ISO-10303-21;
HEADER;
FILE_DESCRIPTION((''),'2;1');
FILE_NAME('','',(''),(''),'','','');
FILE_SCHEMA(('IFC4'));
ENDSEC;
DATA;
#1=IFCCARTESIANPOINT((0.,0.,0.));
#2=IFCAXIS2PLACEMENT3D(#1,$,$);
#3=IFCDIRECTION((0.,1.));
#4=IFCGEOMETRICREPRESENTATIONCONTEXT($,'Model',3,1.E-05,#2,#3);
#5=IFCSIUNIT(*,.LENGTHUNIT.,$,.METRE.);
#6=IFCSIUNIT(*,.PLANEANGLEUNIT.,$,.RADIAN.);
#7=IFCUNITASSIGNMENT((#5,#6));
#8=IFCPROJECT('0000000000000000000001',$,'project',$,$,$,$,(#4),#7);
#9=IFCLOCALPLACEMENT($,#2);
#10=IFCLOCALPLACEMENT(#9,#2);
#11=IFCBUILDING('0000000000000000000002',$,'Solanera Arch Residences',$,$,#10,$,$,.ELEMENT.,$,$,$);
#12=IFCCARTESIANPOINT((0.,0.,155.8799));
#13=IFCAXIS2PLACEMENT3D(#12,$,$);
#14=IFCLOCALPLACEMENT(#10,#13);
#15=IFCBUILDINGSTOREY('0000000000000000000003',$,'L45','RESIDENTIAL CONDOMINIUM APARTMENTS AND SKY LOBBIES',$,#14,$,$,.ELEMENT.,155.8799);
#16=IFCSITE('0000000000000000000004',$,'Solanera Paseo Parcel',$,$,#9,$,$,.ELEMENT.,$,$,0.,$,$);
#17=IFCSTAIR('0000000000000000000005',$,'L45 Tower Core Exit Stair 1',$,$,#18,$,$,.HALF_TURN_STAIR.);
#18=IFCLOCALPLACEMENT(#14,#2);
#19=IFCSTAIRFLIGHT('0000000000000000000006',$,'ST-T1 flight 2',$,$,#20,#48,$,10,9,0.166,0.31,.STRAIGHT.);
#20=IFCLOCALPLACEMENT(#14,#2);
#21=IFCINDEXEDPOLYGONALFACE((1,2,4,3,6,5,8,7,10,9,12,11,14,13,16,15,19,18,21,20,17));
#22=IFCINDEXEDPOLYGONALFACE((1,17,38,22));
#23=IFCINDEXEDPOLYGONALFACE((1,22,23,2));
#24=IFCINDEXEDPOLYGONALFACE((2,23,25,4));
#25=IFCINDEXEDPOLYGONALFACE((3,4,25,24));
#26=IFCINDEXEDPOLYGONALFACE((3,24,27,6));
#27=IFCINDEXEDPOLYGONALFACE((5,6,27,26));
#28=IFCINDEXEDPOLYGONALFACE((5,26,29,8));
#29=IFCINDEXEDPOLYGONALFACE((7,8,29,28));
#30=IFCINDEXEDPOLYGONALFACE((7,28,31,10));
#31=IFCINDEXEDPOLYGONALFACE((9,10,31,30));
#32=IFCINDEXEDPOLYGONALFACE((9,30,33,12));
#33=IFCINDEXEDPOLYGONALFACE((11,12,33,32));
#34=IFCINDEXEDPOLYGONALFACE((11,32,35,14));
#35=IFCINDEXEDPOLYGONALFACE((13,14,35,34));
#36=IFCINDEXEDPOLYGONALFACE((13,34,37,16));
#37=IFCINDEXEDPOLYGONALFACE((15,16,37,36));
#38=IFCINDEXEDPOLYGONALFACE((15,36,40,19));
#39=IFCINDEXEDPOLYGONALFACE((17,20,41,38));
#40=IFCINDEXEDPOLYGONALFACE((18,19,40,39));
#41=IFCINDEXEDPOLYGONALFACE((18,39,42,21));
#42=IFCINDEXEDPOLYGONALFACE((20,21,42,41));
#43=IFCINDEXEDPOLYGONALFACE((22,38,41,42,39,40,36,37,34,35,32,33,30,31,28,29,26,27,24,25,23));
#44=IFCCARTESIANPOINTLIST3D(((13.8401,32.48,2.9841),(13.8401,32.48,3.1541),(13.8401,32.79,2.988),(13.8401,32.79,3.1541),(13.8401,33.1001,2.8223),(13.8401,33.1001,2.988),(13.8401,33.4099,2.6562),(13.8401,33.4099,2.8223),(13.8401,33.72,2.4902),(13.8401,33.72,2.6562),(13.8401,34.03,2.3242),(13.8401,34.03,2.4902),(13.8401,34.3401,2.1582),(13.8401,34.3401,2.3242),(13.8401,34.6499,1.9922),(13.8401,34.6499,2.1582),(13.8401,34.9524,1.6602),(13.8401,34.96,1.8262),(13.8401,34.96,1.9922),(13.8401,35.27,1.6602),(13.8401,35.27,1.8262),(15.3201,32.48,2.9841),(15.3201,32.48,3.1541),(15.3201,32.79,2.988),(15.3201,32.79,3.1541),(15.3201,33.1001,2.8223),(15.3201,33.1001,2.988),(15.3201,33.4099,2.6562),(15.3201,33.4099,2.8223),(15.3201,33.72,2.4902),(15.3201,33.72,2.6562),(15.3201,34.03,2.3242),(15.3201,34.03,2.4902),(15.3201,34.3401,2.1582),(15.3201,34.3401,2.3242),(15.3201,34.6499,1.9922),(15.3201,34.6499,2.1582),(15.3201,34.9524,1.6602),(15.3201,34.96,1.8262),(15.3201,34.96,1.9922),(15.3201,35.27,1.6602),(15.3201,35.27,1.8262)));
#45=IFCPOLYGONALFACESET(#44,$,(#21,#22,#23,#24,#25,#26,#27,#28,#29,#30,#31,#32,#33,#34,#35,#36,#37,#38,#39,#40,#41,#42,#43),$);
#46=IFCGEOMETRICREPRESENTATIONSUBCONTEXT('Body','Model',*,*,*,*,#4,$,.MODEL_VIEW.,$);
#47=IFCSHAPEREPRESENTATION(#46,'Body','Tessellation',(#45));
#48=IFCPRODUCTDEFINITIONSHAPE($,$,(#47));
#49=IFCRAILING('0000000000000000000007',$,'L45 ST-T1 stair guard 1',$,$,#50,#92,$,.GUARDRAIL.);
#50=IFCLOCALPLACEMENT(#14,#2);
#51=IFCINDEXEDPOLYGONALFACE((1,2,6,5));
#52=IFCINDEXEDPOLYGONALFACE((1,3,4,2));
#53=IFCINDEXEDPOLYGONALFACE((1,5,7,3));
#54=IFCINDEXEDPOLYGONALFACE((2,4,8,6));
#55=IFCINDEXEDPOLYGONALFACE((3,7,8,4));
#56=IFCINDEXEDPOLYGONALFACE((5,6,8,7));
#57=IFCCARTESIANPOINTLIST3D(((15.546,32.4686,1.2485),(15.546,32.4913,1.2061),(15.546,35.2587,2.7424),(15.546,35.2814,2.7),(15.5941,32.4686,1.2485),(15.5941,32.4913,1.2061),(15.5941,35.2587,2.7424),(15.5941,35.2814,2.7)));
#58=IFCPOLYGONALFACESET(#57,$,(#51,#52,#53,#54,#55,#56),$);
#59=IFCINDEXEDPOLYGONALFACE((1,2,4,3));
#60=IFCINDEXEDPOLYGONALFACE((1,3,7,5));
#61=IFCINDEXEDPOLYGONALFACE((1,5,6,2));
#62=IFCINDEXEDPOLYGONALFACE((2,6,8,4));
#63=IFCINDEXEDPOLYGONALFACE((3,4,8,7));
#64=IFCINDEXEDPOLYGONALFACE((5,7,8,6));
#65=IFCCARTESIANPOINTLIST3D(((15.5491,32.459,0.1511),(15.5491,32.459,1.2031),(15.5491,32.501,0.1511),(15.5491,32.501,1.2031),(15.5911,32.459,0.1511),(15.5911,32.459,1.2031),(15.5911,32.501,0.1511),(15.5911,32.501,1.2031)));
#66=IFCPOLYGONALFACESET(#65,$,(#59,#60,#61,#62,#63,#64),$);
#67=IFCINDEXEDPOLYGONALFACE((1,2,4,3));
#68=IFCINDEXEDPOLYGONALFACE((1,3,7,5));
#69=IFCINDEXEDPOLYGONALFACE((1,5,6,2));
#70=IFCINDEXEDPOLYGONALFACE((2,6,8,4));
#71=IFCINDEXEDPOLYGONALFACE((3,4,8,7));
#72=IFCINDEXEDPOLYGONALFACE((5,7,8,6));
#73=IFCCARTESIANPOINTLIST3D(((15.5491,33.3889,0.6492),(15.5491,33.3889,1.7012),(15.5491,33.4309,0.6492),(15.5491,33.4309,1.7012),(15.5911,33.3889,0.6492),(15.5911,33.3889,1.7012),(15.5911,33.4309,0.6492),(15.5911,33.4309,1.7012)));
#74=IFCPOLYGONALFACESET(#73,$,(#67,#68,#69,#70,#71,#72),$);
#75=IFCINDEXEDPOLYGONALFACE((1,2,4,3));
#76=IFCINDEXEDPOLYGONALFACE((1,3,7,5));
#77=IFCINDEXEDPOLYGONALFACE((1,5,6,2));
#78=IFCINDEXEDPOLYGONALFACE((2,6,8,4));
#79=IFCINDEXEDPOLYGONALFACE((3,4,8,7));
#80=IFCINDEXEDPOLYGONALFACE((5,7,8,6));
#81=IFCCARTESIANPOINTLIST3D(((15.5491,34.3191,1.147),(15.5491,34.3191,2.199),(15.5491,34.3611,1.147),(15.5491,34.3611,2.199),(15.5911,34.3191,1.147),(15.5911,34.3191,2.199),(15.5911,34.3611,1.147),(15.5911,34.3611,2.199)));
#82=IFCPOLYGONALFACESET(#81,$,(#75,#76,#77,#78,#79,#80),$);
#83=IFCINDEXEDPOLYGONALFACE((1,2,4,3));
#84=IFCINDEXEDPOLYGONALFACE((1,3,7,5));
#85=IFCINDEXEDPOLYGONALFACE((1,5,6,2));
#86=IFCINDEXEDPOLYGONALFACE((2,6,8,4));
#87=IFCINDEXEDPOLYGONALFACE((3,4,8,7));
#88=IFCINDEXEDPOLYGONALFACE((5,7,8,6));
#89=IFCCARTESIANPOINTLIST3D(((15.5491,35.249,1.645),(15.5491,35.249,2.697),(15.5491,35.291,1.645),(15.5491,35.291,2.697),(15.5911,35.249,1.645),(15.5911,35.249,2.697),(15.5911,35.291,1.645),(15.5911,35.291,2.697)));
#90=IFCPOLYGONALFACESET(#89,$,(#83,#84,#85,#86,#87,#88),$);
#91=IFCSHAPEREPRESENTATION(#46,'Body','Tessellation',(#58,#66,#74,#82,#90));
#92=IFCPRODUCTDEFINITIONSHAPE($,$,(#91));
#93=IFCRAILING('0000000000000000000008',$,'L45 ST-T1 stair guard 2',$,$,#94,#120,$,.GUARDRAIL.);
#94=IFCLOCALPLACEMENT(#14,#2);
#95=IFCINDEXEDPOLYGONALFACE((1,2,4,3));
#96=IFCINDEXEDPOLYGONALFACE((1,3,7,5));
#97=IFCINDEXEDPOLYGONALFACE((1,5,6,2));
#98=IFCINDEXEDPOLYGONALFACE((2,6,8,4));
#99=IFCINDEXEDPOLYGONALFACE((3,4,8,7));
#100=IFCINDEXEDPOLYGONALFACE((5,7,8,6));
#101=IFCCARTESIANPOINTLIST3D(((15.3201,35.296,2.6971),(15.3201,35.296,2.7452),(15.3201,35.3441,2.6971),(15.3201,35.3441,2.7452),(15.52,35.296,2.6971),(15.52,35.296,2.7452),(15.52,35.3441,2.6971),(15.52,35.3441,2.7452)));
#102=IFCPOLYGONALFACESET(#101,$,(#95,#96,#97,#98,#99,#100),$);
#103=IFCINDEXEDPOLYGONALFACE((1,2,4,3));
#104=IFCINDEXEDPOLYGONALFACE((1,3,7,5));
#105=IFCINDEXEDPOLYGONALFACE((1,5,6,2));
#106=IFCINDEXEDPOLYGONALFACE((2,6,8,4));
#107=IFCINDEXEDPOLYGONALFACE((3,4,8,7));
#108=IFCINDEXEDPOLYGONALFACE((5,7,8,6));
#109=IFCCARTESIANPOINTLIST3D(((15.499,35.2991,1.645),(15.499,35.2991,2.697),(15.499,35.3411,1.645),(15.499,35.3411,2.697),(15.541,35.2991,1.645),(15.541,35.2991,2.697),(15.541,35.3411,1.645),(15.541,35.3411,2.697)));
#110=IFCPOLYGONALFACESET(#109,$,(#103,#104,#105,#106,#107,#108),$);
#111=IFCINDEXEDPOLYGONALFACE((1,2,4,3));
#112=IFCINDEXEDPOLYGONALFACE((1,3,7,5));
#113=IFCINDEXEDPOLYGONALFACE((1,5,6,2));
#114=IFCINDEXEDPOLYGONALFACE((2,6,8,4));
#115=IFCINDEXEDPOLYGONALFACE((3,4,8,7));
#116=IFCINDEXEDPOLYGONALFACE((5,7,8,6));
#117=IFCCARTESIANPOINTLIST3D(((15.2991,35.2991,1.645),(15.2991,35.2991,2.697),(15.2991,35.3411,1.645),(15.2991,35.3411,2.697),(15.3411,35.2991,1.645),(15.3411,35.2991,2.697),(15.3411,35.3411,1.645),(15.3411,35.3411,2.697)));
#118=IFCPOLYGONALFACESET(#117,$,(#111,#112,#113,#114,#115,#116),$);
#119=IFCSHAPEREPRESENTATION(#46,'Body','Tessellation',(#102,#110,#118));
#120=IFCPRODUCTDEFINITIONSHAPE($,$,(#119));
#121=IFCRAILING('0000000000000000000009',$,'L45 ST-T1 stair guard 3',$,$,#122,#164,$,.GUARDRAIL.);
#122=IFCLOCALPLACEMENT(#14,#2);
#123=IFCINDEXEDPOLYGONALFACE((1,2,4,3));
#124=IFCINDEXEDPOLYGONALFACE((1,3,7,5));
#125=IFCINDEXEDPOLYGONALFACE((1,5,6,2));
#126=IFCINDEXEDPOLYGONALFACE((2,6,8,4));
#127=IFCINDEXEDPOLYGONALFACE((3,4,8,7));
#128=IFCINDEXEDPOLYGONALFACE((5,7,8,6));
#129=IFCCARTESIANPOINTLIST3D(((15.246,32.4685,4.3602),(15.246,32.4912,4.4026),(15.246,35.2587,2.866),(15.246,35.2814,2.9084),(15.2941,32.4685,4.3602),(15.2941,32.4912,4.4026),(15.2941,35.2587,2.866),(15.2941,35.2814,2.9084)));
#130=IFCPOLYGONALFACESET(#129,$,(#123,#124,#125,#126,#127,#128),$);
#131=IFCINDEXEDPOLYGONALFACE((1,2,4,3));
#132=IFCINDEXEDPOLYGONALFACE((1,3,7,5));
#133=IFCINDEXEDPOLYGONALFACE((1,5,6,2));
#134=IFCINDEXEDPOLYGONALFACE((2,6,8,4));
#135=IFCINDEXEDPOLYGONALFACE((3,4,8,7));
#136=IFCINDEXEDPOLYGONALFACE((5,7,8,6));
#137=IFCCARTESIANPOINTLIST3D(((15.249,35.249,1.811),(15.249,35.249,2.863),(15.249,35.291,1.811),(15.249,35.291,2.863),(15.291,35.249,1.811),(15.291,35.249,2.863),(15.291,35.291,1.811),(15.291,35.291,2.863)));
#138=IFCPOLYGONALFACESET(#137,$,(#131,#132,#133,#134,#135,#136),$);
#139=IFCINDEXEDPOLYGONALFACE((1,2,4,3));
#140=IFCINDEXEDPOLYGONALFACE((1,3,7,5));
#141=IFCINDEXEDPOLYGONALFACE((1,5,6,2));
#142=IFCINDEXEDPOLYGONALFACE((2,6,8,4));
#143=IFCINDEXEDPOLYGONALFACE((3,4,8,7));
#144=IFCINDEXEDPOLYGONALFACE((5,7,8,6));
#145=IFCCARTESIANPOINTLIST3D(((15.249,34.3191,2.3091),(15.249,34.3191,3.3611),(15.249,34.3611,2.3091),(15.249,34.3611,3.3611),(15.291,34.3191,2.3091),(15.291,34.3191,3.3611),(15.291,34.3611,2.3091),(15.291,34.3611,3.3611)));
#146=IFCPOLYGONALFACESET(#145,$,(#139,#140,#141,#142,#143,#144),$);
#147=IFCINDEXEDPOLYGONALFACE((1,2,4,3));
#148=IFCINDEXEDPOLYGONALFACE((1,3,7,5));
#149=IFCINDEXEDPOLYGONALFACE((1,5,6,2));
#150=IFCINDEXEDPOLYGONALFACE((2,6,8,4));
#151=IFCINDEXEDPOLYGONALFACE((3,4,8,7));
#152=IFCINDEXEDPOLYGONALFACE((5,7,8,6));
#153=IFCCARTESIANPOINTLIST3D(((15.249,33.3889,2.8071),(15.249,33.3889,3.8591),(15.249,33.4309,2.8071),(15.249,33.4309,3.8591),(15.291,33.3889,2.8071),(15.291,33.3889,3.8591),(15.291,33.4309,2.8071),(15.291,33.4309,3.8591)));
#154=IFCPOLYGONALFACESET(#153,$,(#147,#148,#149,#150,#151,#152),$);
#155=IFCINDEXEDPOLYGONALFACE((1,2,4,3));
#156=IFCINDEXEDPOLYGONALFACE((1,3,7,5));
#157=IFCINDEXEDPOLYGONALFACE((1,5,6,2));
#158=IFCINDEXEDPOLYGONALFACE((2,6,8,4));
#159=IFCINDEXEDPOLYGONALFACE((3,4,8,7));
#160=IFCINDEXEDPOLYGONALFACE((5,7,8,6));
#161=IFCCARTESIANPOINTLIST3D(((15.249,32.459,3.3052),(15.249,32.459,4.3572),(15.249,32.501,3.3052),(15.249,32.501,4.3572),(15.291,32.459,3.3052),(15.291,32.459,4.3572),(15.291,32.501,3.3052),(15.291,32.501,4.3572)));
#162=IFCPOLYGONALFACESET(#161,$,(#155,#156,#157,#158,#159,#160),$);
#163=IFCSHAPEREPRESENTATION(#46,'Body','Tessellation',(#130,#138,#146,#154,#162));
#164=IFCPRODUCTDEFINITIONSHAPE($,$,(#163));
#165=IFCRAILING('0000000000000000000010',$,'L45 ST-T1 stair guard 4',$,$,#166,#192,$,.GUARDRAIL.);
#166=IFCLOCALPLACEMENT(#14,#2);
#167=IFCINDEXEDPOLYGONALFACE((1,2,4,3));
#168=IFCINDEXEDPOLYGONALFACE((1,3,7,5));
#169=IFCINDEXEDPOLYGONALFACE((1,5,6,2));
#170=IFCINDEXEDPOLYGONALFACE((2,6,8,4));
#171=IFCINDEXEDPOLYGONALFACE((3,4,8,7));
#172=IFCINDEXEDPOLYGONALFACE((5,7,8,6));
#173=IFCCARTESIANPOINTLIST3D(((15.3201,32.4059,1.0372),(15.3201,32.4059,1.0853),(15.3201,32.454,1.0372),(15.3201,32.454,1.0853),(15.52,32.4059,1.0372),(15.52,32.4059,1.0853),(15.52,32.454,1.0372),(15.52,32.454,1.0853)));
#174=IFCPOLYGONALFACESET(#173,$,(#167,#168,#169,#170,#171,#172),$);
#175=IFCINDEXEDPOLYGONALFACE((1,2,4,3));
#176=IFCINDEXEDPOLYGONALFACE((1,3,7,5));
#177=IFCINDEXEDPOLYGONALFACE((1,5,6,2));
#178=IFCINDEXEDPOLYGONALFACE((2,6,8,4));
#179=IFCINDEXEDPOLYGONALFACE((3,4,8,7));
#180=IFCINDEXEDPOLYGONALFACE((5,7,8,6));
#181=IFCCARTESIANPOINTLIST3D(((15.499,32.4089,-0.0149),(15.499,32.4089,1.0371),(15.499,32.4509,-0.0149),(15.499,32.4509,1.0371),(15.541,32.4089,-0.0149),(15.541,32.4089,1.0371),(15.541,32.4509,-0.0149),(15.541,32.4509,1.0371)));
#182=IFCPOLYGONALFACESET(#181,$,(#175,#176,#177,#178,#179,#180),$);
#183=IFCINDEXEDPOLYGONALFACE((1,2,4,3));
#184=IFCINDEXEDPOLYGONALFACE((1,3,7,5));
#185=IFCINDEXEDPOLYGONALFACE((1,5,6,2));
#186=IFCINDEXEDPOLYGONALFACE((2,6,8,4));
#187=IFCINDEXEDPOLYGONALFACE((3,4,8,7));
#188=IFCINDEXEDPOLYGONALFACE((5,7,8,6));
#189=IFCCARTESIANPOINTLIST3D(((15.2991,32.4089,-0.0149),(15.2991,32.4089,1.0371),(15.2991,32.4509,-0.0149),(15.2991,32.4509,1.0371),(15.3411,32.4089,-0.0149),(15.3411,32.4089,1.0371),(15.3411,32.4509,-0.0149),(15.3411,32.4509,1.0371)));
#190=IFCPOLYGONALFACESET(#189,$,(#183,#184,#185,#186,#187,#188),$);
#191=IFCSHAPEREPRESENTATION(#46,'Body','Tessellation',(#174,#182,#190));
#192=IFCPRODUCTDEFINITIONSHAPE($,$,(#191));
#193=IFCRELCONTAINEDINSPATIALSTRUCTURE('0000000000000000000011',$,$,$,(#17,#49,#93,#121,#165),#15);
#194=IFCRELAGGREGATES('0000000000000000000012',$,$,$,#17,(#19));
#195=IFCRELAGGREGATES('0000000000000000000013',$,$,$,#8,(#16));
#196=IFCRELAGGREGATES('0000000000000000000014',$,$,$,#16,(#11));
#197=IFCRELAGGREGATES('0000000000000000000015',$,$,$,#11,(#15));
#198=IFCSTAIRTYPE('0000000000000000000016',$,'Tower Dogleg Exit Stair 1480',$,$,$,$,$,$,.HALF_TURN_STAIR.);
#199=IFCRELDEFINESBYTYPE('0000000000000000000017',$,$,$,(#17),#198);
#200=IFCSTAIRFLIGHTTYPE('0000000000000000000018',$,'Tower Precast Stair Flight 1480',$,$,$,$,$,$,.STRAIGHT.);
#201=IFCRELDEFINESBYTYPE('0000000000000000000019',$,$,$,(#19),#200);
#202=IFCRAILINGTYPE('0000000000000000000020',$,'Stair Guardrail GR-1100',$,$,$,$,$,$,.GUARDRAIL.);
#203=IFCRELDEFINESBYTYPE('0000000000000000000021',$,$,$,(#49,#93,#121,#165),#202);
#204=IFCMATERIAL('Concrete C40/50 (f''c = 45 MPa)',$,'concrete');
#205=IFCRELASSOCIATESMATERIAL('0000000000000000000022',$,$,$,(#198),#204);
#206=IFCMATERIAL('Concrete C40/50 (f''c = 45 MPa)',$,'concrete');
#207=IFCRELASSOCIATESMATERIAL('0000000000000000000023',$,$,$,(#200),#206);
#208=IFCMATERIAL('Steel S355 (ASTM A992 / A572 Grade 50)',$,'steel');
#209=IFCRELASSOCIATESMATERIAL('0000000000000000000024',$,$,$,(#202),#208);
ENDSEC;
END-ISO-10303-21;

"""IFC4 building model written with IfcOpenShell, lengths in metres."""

from ifc_helpers import new_model, si_unit, direction, frame, origin, origin_2d, place, context, subcontext, project, spatial, polyline, rectangle, outline, extrude, material, type_object, element, aggregate, save


model = new_model("IFC4")

# Units and contexts
model_context = context("Model", 3, precision=1e-05, world=origin(), true_north=direction((0.0, 1.0)))
body_context = subcontext(model_context, "Body", "Model", "MODEL_VIEW")
ifc_project = project(units=[si_unit("LENGTHUNIT", "METRE"), si_unit("PLANEANGLEUNIT", "RADIAN")], contexts=[model_context])

# Site, building, storey
site_placement = place(None, origin())
site = spatial("IfcSite", under=ifc_project, at=site_placement, Name="Solanera Paseo Parcel", CompositionType="ELEMENT", RefElevation=0.0)
building_placement = place(site_placement, origin())
building = spatial("IfcBuilding", under=site, at=building_placement, Name="Solanera Arch Residences", CompositionType="ELEMENT")
storey_placement = place(building_placement, frame((0.0, 0.0, 155.8799)))
storey = spatial("IfcBuildingStorey", under=building, at=storey_placement, Name="L45", Description="RESIDENTIAL CONDOMINIUM APARTMENTS AND SKY LOBBIES", CompositionType="ELEMENT", Elevation=155.8799)

# Stair, stair flight
ifc_material_1 = material(Name="Concrete C40/50 (f'c = 45 MPa)", Category="concrete")
stair_type = type_object("IfcStairType", Name="Tower Dogleg Exit Stair 1480", PredefinedType="HALF_TURN_STAIR", material=ifc_material_1)
stair_placement = place(storey_placement, origin())
stair = element("IfcStair", 1, at=stair_placement, inside=storey, type_object=stair_type, Name="L45 Tower Core Exit Stair 1", PredefinedType="HALF_TURN_STAIR")
ifc_material_2 = material(Name="Concrete C40/50 (f'c = 45 MPa)", Category="concrete")
stair_flight_type = type_object("IfcStairFlightType", Name="Tower Precast Stair Flight 1480", PredefinedType="STRAIGHT", material=ifc_material_2)
stair_flight_1_placement = place(storey_placement, frame((14.5801, 35.27, 1.6602), z_axis=(0.0, 0.0, 1.0), x_axis=(0.0, -1.0, 0.0)))
stair_flight_1 = element("IfcStairFlight", 2, at=stair_flight_1_placement, type_object=stair_flight_type, Name="ST-T1 flight 2", NumberOfRisers=10, NumberOfTreads=9, PredefinedType="STRAIGHT", RiserHeight=0.166, TreadLength=0.31, context=body_context, shape_type="SweptSolid", body=[
    extrude(outline(polyline([(0.0, 0.0), (0.0, 0.166), (0.3101, 0.166), (0.3101, 0.332), (0.6201, 0.332), (0.6201, 0.498), (0.9299, 0.498), (0.9299, 0.6641), (1.24, 0.6641), (1.24, 0.8301), (1.55, 0.8301), (1.55, 0.9961), (1.8601, 0.9961), (1.8601, 1.1621), (2.1699, 1.1621), (2.1699, 1.3279), (2.48, 1.3279), (2.48, 1.4939), (2.79, 1.4939), (2.79, 1.6599), (2.79, 1.324), (0.3176, 0.0), (0.0, 0.0)])), frame((0.0, 0.74, 0.0), z_axis=(0.0, -1.0, 0.0), x_axis=(1.0, 0.0, 0.0)), (0.0, 0.0, 1.0), 1.48),
])
aggregate(stair, [stair_flight_1])

# Railings
ifc_material_3 = material(Name="Steel S355 (ASTM A992 / A572 Grade 50)", Category="steel")
railing_type_1 = type_object("IfcRailingType", Name="Stair Guardrail GR-1100", PredefinedType="GUARDRAIL", material=ifc_material_3)
railing_1_placement = place(storey_placement, frame((15.5701, 32.48, 0.1511)))
element("IfcRailing", 3, at=railing_1_placement, inside=storey, type_object=railing_type_1, Name="L45 ST-T1 stair guard 1", PredefinedType="GUARDRAIL", context=body_context, shape_type="SweptSolid", body=[
    extrude(rectangle(XDim=0.0481, YDim=0.0481, at=origin_2d()), frame((0.0, 0.0, 1.0762), z_axis=(0.0, 0.881581, 0.472033), x_axis=(-1.0, 0.0, 0.0)), (0.0, 0.0, 1.0), 3.1648),
    extrude(rectangle(XDim=0.042, YDim=0.042, at=origin_2d()), origin(), (0.0, 0.0, 1.0), 1.052),
    extrude(rectangle(XDim=0.042, YDim=0.042, at=origin_2d()), frame((0.0, 0.9299, 0.498)), (0.0, 0.0, 1.0), 1.052),
    extrude(rectangle(XDim=0.042, YDim=0.042, at=origin_2d()), frame((0.0, 1.8601, 0.9958)), (0.0, 0.0, 1.0), 1.052),
    extrude(rectangle(XDim=0.042, YDim=0.042, at=origin_2d()), frame((0.0, 2.79, 1.4939)), (0.0, 0.0, 1.0), 1.052),
])
railing_2_placement = place(storey_placement, frame((15.52, 35.3201, 1.645)))
element("IfcRailing", 4, at=railing_2_placement, inside=storey, type_object=railing_type_1, Name="L45 ST-T1 stair guard 2", PredefinedType="GUARDRAIL", context=body_context, shape_type="SweptSolid", body=[
    extrude(rectangle(XDim=0.0481, YDim=0.0481, at=origin_2d()), frame((0.0, 0.0, 1.0762), z_axis=(-1.0, 0.0, 0.0), x_axis=(0.0, -1.0, 0.0)), (0.0, 0.0, 1.0), 0.2),
    extrude(rectangle(XDim=0.042, YDim=0.042, at=origin_2d()), origin(), (0.0, 0.0, 1.0), 1.052),
    extrude(rectangle(XDim=0.042, YDim=0.042, at=origin_2d()), frame((-0.2, 0.0, 0.0)), (0.0, 0.0, 1.0), 1.052),
])
railing_3_placement = place(storey_placement, frame((15.27, 35.27, 1.811)))
element("IfcRailing", 5, at=railing_3_placement, inside=storey, type_object=railing_type_1, Name="L45 ST-T1 stair guard 3", PredefinedType="GUARDRAIL", context=body_context, shape_type="SweptSolid", body=[
    extrude(rectangle(XDim=0.0481, YDim=0.0481, at=origin_2d()), frame((0.0, 0.0, 1.0762), z_axis=(0.0, -0.881549, 0.472093), x_axis=(1.0, 0.0, 0.0)), (0.0, 0.0, 1.0), 3.165),
    extrude(rectangle(XDim=0.042, YDim=0.042, at=origin_2d()), origin(), (0.0, 0.0, 1.0), 1.052),
    extrude(rectangle(XDim=0.042, YDim=0.042, at=origin_2d()), frame((0.0, -0.9299, 0.498)), (0.0, 0.0, 1.0), 1.052),
    extrude(rectangle(XDim=0.042, YDim=0.042, at=origin_2d()), frame((0.0, -1.8601, 0.9961)), (0.0, 0.0, 1.0), 1.052),
    extrude(rectangle(XDim=0.042, YDim=0.042, at=origin_2d()), frame((0.0, -2.79, 1.4941)), (0.0, 0.0, 1.0), 1.052),
])
railing_4_placement = place(storey_placement, frame((15.52, 32.4299, -0.0149)))
element("IfcRailing", 6, at=railing_4_placement, inside=storey, type_object=railing_type_1, Name="L45 ST-T1 stair guard 4", PredefinedType="GUARDRAIL", context=body_context, shape_type="SweptSolid", body=[
    extrude(rectangle(XDim=0.0481, YDim=0.0481, at=origin_2d()), frame((0.0, 0.0, 1.0762), z_axis=(-1.0, 0.0, 0.0), x_axis=(0.0, -1.0, 0.0)), (0.0, 0.0, 1.0), 0.2),
    extrude(rectangle(XDim=0.042, YDim=0.042, at=origin_2d()), origin(), (0.0, 0.0, 1.0), 1.052),
    extrude(rectangle(XDim=0.042, YDim=0.042, at=origin_2d()), frame((-0.2, 0.0, 0.0)), (0.0, 0.0, 1.0), 1.052),
])

save(model, "model.ifc")
